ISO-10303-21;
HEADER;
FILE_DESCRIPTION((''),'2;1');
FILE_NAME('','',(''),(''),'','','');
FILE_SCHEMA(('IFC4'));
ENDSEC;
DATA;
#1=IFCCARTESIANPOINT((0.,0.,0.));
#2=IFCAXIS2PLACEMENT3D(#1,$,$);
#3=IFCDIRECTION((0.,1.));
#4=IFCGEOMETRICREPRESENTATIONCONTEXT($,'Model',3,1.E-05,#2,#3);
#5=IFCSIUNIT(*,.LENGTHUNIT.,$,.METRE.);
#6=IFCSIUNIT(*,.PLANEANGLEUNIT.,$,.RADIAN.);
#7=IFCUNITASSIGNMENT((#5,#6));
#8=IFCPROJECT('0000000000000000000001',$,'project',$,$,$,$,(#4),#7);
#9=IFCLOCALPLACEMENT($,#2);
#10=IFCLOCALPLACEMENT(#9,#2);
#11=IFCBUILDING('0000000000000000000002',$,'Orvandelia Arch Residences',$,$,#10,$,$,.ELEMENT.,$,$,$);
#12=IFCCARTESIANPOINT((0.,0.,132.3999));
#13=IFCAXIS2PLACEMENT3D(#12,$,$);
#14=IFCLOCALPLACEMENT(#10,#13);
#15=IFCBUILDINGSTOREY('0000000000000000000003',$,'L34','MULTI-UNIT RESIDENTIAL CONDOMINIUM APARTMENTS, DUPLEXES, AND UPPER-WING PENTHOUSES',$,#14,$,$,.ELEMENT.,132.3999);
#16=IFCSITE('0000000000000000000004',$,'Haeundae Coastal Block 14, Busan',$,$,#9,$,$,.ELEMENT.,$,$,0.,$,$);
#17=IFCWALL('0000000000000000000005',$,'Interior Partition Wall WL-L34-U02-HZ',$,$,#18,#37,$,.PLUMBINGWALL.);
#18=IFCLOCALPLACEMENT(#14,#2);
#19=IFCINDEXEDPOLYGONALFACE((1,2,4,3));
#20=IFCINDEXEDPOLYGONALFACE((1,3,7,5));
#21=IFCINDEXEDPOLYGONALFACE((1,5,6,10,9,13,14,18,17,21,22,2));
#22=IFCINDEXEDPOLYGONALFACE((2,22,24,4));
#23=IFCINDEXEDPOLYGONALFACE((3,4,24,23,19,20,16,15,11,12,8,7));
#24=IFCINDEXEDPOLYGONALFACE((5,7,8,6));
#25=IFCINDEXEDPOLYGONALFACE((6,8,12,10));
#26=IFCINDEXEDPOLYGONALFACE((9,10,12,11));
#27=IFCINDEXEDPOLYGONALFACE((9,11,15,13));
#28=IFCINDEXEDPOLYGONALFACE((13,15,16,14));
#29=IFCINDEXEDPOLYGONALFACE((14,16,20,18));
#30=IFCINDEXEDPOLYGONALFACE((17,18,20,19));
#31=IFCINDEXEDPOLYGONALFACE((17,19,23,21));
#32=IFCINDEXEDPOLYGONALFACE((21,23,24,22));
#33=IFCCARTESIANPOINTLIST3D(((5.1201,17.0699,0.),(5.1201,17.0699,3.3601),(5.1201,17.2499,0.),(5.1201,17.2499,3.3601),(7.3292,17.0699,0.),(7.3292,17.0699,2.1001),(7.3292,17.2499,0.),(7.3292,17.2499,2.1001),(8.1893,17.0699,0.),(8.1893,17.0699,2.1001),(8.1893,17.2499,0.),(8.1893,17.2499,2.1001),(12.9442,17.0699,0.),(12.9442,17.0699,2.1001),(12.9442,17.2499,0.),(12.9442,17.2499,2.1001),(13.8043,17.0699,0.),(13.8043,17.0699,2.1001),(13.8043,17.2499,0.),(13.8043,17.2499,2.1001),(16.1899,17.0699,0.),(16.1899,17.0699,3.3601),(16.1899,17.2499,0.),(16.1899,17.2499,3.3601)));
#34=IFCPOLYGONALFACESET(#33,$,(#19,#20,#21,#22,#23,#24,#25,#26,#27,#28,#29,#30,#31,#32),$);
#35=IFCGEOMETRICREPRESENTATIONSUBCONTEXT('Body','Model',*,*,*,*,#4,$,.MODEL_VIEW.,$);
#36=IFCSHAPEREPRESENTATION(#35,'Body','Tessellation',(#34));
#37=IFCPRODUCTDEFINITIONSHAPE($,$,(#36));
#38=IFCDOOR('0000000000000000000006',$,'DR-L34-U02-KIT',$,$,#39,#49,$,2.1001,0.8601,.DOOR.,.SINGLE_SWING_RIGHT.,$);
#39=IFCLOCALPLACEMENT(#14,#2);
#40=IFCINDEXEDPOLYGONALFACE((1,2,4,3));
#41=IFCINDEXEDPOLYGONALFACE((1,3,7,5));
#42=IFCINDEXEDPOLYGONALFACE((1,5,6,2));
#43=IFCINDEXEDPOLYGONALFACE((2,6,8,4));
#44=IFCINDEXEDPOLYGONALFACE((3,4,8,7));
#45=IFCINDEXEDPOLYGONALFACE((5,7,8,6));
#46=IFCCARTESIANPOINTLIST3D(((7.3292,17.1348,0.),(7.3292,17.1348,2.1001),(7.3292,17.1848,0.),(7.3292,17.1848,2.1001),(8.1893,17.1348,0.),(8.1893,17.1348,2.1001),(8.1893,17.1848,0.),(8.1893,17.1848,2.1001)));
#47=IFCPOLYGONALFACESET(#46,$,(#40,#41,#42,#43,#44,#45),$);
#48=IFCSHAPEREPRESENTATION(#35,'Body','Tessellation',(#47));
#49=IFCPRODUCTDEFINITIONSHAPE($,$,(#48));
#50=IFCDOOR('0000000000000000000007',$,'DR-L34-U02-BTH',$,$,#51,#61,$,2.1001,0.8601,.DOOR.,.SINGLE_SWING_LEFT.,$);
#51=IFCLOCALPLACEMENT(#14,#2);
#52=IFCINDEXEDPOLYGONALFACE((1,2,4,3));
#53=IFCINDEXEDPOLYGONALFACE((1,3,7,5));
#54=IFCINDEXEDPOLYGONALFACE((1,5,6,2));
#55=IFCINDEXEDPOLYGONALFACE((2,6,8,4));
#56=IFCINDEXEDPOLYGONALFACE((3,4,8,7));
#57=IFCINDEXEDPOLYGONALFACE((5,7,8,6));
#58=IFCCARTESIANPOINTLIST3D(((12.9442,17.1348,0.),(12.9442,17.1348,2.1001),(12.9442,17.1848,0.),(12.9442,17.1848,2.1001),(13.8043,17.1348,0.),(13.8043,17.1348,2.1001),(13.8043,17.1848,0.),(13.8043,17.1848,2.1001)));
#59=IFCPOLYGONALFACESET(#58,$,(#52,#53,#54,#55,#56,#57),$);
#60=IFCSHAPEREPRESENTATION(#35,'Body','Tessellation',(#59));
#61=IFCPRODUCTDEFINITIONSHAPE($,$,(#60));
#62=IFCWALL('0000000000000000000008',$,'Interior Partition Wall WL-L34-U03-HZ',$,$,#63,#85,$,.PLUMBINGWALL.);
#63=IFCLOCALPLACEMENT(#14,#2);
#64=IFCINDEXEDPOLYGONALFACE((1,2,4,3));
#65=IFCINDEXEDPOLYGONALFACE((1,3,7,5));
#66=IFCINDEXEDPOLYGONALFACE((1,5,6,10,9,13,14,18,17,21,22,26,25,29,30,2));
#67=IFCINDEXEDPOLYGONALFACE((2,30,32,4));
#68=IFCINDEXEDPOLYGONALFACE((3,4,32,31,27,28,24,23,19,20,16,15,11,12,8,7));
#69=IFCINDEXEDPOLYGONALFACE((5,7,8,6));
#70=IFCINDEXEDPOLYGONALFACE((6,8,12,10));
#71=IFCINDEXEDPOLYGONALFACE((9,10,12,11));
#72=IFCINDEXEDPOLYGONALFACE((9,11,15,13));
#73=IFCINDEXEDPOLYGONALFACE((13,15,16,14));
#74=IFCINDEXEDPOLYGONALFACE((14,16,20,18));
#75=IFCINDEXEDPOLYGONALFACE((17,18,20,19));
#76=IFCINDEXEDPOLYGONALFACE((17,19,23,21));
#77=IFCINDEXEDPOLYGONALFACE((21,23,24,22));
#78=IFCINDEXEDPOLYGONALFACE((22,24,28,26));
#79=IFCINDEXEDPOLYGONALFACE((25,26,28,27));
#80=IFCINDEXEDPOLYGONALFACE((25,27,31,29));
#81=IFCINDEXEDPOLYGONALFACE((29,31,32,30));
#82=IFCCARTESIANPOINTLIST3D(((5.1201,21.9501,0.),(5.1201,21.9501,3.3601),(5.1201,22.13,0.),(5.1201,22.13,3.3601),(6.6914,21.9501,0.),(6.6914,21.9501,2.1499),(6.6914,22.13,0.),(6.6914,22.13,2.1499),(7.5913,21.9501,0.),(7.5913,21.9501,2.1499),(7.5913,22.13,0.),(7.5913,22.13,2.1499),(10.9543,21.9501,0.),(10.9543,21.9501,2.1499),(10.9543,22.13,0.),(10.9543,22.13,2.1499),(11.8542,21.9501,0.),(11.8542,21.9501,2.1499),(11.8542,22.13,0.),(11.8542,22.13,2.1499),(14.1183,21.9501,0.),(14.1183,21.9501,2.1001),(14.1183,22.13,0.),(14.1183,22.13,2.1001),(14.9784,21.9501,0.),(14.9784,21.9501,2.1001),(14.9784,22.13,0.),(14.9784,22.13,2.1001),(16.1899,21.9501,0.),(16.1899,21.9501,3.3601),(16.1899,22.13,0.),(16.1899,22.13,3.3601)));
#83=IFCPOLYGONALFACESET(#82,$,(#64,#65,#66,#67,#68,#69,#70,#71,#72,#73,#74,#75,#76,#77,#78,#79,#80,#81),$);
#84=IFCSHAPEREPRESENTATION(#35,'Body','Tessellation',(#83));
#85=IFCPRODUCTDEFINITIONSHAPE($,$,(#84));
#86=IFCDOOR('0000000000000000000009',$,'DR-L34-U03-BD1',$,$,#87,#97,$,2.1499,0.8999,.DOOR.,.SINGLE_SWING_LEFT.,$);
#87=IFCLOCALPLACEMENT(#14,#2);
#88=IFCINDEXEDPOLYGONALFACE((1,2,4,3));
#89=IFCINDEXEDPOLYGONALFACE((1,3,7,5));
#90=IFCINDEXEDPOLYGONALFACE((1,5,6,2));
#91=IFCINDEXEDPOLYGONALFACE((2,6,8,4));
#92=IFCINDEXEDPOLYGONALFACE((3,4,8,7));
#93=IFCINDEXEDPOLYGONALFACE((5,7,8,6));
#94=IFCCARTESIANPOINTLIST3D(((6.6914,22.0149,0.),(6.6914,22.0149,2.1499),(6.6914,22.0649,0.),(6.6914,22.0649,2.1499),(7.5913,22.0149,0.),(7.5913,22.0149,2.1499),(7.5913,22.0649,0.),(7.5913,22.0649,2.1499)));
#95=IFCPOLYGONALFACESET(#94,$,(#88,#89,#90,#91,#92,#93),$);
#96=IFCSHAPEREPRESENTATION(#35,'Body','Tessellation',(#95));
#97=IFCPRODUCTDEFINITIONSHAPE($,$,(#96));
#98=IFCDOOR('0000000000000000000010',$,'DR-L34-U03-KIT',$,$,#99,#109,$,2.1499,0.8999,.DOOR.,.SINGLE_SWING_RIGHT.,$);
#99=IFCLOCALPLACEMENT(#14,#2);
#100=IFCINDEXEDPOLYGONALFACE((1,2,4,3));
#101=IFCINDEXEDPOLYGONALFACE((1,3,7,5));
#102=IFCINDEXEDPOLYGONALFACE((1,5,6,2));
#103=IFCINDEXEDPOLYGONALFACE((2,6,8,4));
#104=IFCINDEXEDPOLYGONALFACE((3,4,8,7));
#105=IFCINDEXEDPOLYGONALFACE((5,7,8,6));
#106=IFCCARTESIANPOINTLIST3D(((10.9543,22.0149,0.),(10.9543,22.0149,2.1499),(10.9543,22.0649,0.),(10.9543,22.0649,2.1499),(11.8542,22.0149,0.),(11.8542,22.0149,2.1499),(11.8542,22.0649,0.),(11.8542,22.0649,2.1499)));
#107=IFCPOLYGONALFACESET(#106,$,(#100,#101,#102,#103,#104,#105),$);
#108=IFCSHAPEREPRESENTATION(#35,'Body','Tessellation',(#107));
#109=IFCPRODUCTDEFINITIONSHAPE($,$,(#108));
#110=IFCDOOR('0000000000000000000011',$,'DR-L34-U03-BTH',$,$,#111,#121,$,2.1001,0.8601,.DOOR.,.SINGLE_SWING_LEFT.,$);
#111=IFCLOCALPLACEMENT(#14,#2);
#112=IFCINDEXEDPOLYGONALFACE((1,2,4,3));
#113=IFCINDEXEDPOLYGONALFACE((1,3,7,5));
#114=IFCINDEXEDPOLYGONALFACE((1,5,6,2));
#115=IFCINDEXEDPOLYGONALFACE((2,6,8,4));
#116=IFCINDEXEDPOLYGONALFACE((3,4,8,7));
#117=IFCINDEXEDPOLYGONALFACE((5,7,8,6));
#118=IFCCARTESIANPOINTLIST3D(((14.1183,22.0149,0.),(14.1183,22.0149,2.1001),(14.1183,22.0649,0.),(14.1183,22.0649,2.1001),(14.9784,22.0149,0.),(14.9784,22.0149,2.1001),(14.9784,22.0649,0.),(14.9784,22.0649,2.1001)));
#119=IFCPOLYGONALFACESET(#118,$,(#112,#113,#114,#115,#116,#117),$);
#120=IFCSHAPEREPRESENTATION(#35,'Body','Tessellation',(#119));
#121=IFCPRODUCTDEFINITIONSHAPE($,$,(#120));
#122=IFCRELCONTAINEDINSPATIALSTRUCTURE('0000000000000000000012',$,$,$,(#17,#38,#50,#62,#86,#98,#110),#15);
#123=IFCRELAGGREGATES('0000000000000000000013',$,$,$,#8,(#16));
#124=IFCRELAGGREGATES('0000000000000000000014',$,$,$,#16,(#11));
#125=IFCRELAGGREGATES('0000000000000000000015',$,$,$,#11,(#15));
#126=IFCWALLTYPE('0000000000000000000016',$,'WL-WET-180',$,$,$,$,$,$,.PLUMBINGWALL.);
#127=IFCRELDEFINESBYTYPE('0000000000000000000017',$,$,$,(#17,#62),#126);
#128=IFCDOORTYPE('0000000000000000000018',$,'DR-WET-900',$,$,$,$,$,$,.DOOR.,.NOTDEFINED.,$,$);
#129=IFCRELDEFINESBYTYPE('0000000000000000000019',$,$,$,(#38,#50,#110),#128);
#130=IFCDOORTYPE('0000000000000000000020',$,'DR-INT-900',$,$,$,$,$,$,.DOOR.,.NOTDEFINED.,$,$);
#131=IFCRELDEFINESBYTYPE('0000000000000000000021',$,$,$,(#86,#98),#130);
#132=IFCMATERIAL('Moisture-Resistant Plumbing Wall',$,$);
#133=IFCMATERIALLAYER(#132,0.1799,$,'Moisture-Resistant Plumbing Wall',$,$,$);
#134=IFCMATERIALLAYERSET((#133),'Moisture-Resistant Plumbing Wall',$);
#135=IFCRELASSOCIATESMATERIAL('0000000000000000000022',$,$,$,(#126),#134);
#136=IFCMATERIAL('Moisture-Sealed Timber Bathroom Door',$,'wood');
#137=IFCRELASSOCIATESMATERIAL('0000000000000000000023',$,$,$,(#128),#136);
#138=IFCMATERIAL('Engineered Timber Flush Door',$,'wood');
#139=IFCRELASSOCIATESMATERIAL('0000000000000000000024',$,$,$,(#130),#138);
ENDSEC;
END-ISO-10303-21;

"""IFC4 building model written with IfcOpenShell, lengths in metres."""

from ifc_helpers import new_model, si_unit, direction, frame, frame_2d, origin, place, context, subcontext, project, spatial, rectangle, extrude, material, layer, layer_set, type_object, element, fill, save


model = new_model("IFC4")

# Units and contexts
model_context = context("Model", 3, precision=1e-05, world=origin(), true_north=direction((0.0, 1.0)))
body_context = subcontext(model_context, "Body", "Model", "MODEL_VIEW")
ifc_project = project(units=[si_unit("LENGTHUNIT", "METRE"), si_unit("PLANEANGLEUNIT", "RADIAN")], contexts=[model_context])

# Site, building, storey
site_placement = place(None, origin())
site = spatial("IfcSite", under=ifc_project, at=site_placement, Name="Haeundae Coastal Block 14, Busan", CompositionType="ELEMENT", RefElevation=0.0)
building_placement = place(site_placement, origin())
building = spatial("IfcBuilding", under=site, at=building_placement, Name="Orvandelia Arch Residences", CompositionType="ELEMENT")
storey_placement = place(building_placement, frame((0.0, 0.0, 132.3999)))
storey = spatial("IfcBuildingStorey", under=building, at=storey_placement, Name="L34", Description="MULTI-UNIT RESIDENTIAL CONDOMINIUM APARTMENTS, DUPLEXES, AND UPPER-WING PENTHOUSES", CompositionType="ELEMENT", Elevation=132.3999)

# Walls, openings, doors
ifc_material_1 = material(Name="Moisture-Resistant Plumbing Wall")
ifc_layer_1 = layer(ifc_material_1, 0.1799, Name="Moisture-Resistant Plumbing Wall")
ifc_layer_set_1 = layer_set([ifc_layer_1], Name="Moisture-Resistant Plumbing Wall")
wall_type_1 = type_object("IfcWallType", Name="WL-WET-180", PredefinedType="PLUMBINGWALL", material=ifc_layer_set_1)
wall_1_placement = place(storey_placement, frame((5.1201, 17.1599, 0.0), z_axis=(0.0, 0.0, 1.0), x_axis=(1.0, 0.0, 0.0)))
wall_1 = element("IfcWall", 1, at=wall_1_placement, inside=storey, type_object=wall_type_1, Name="Interior Partition Wall WL-L34-U02-HZ", PredefinedType="PLUMBINGWALL", context=body_context, shape_type="SweptSolid", body=[
    extrude(rectangle(XDim=11.0698, YDim=0.1799, at=frame_2d((5.5349, 0.0))), origin(), (0.0, 0.0, 1.0), 3.3601),
])
opening_1_placement = place(wall_1_placement, frame((2.209, 0.0, 0.0)))
opening_1 = element("IfcOpeningElement", 2, at=opening_1_placement, cuts=wall_1, PredefinedType="OPENING", context=body_context, shape_type="SweptSolid", body=[
    extrude(rectangle(XDim=0.8601, YDim=2.1001, at=frame_2d((0.4302, 1.05))), frame((0.0, 0.1001, 0.0), z_axis=(0.0, -1.0, 0.0), x_axis=(1.0, 0.0, 0.0)), (0.0, 0.0, 1.0), 0.2),
])
opening_2_placement = place(wall_1_placement, frame((7.824, 0.0, 0.0)))
opening_2 = element("IfcOpeningElement", 3, at=opening_2_placement, cuts=wall_1, PredefinedType="OPENING", context=body_context, shape_type="SweptSolid", body=[
    extrude(rectangle(XDim=0.8601, YDim=2.1001, at=frame_2d((0.4302, 1.05))), frame((0.0, 0.1001, 0.0), z_axis=(0.0, -1.0, 0.0), x_axis=(1.0, 0.0, 0.0)), (0.0, 0.0, 1.0), 0.2),
])
ifc_material_2 = material(Name="Moisture-Sealed Timber Bathroom Door", Category="wood")
door_type_1 = type_object("IfcDoorType", Name="DR-WET-900", OperationType="NOTDEFINED", PredefinedType="DOOR", material=ifc_material_2)
door_1_placement = place(opening_1_placement, origin())
door_1 = element("IfcDoor", 4, at=door_1_placement, inside=storey, type_object=door_type_1, Name="DR-L34-U02-KIT", OperationType="SINGLE_SWING_RIGHT", OverallHeight=2.1001, OverallWidth=0.8601, PredefinedType="DOOR", context=body_context, shape_type="SweptSolid", body=[
    extrude(rectangle(XDim=0.8601, YDim=2.1001, at=frame_2d((0.4302, 1.05))), frame((0.0, 0.0249, 0.0), z_axis=(0.0, -1.0, 0.0), x_axis=(1.0, 0.0, 0.0)), (0.0, 0.0, 1.0), 0.05),
])
fill(opening_1, door_1)
door_2_placement = place(opening_2_placement, origin())
door_2 = element("IfcDoor", 5, at=door_2_placement, inside=storey, type_object=door_type_1, Name="DR-L34-U02-BTH", OperationType="SINGLE_SWING_LEFT", OverallHeight=2.1001, OverallWidth=0.8601, PredefinedType="DOOR", context=body_context, shape_type="SweptSolid", body=[
    extrude(rectangle(XDim=0.8601, YDim=2.1001, at=frame_2d((0.4302, 1.05))), frame((0.0, 0.0249, 0.0), z_axis=(0.0, -1.0, 0.0), x_axis=(1.0, 0.0, 0.0)), (0.0, 0.0, 1.0), 0.05),
])
fill(opening_2, door_2)
wall_2_placement = place(storey_placement, frame((5.1201, 22.04, 0.0), z_axis=(0.0, 0.0, 1.0), x_axis=(1.0, 0.0, 0.0)))
wall_2 = element("IfcWall", 6, at=wall_2_placement, inside=storey, type_object=wall_type_1, Name="Interior Partition Wall WL-L34-U03-HZ", PredefinedType="PLUMBINGWALL", context=body_context, shape_type="SweptSolid", body=[
    extrude(rectangle(XDim=11.0698, YDim=0.1799, at=frame_2d((5.5349, 0.0))), origin(), (0.0, 0.0, 1.0), 3.3601),
])
opening_3_placement = place(wall_2_placement, frame((1.5713, 0.0, 0.0)))
opening_3 = element("IfcOpeningElement", 7, at=opening_3_placement, cuts=wall_2, PredefinedType="OPENING", context=body_context, shape_type="SweptSolid", body=[
    extrude(rectangle(XDim=0.8999, YDim=2.1499, at=frame_2d((0.45, 1.075))), frame((0.0, 0.1001, 0.0), z_axis=(0.0, -1.0, 0.0), x_axis=(1.0, 0.0, 0.0)), (0.0, 0.0, 1.0), 0.2),
])
opening_4_placement = place(wall_2_placement, frame((5.8342, 0.0, 0.0)))
opening_4 = element("IfcOpeningElement", 8, at=opening_4_placement, cuts=wall_2, PredefinedType="OPENING", context=body_context, shape_type="SweptSolid", body=[
    extrude(rectangle(XDim=0.8999, YDim=2.1499, at=frame_2d((0.45, 1.075))), frame((0.0, 0.1001, 0.0), z_axis=(0.0, -1.0, 0.0), x_axis=(1.0, 0.0, 0.0)), (0.0, 0.0, 1.0), 0.2),
])
opening_5_placement = place(wall_2_placement, frame((8.998, 0.0, 0.0)))
opening_5 = element("IfcOpeningElement", 9, at=opening_5_placement, cuts=wall_2, PredefinedType="OPENING", context=body_context, shape_type="SweptSolid", body=[
    extrude(rectangle(XDim=0.8601, YDim=2.1001, at=frame_2d((0.4302, 1.05))), frame((0.0, 0.1001, 0.0), z_axis=(0.0, -1.0, 0.0), x_axis=(1.0, 0.0, 0.0)), (0.0, 0.0, 1.0), 0.2),
])
ifc_material_3 = material(Name="Engineered Timber Flush Door", Category="wood")
door_type_2 = type_object("IfcDoorType", Name="DR-INT-900", OperationType="NOTDEFINED", PredefinedType="DOOR", material=ifc_material_3)
door_3_placement = place(opening_3_placement, origin())
door_3 = element("IfcDoor", 10, at=door_3_placement, inside=storey, type_object=door_type_2, Name="DR-L34-U03-BD1", OperationType="SINGLE_SWING_LEFT", OverallHeight=2.1499, OverallWidth=0.8999, PredefinedType="DOOR", context=body_context, shape_type="SweptSolid", body=[
    extrude(rectangle(XDim=0.8999, YDim=2.1499, at=frame_2d((0.45, 1.075))), frame((0.0, 0.0249, 0.0), z_axis=(0.0, -1.0, 0.0), x_axis=(1.0, 0.0, 0.0)), (0.0, 0.0, 1.0), 0.05),
])
fill(opening_3, door_3)
door_4_placement = place(opening_4_placement, origin())
door_4 = element("IfcDoor", 11, at=door_4_placement, inside=storey, type_object=door_type_2, Name="DR-L34-U03-KIT", OperationType="SINGLE_SWING_RIGHT", OverallHeight=2.1499, OverallWidth=0.8999, PredefinedType="DOOR", context=body_context, shape_type="SweptSolid", body=[
    extrude(rectangle(XDim=0.8999, YDim=2.1499, at=frame_2d((0.45, 1.075))), frame((0.0, 0.0249, 0.0), z_axis=(0.0, -1.0, 0.0), x_axis=(1.0, 0.0, 0.0)), (0.0, 0.0, 1.0), 0.05),
])
fill(opening_4, door_4)
door_5_placement = place(opening_5_placement, origin())
door_5 = element("IfcDoor", 12, at=door_5_placement, inside=storey, type_object=door_type_1, Name="DR-L34-U03-BTH", OperationType="SINGLE_SWING_LEFT", OverallHeight=2.1001, OverallWidth=0.8601, PredefinedType="DOOR", context=body_context, shape_type="SweptSolid", body=[
    extrude(rectangle(XDim=0.8601, YDim=2.1001, at=frame_2d((0.4302, 1.05))), frame((0.0, 0.0249, 0.0), z_axis=(0.0, -1.0, 0.0), x_axis=(1.0, 0.0, 0.0)), (0.0, 0.0, 1.0), 0.05),
])
fill(opening_5, door_5)

save(model, "model.ifc")
